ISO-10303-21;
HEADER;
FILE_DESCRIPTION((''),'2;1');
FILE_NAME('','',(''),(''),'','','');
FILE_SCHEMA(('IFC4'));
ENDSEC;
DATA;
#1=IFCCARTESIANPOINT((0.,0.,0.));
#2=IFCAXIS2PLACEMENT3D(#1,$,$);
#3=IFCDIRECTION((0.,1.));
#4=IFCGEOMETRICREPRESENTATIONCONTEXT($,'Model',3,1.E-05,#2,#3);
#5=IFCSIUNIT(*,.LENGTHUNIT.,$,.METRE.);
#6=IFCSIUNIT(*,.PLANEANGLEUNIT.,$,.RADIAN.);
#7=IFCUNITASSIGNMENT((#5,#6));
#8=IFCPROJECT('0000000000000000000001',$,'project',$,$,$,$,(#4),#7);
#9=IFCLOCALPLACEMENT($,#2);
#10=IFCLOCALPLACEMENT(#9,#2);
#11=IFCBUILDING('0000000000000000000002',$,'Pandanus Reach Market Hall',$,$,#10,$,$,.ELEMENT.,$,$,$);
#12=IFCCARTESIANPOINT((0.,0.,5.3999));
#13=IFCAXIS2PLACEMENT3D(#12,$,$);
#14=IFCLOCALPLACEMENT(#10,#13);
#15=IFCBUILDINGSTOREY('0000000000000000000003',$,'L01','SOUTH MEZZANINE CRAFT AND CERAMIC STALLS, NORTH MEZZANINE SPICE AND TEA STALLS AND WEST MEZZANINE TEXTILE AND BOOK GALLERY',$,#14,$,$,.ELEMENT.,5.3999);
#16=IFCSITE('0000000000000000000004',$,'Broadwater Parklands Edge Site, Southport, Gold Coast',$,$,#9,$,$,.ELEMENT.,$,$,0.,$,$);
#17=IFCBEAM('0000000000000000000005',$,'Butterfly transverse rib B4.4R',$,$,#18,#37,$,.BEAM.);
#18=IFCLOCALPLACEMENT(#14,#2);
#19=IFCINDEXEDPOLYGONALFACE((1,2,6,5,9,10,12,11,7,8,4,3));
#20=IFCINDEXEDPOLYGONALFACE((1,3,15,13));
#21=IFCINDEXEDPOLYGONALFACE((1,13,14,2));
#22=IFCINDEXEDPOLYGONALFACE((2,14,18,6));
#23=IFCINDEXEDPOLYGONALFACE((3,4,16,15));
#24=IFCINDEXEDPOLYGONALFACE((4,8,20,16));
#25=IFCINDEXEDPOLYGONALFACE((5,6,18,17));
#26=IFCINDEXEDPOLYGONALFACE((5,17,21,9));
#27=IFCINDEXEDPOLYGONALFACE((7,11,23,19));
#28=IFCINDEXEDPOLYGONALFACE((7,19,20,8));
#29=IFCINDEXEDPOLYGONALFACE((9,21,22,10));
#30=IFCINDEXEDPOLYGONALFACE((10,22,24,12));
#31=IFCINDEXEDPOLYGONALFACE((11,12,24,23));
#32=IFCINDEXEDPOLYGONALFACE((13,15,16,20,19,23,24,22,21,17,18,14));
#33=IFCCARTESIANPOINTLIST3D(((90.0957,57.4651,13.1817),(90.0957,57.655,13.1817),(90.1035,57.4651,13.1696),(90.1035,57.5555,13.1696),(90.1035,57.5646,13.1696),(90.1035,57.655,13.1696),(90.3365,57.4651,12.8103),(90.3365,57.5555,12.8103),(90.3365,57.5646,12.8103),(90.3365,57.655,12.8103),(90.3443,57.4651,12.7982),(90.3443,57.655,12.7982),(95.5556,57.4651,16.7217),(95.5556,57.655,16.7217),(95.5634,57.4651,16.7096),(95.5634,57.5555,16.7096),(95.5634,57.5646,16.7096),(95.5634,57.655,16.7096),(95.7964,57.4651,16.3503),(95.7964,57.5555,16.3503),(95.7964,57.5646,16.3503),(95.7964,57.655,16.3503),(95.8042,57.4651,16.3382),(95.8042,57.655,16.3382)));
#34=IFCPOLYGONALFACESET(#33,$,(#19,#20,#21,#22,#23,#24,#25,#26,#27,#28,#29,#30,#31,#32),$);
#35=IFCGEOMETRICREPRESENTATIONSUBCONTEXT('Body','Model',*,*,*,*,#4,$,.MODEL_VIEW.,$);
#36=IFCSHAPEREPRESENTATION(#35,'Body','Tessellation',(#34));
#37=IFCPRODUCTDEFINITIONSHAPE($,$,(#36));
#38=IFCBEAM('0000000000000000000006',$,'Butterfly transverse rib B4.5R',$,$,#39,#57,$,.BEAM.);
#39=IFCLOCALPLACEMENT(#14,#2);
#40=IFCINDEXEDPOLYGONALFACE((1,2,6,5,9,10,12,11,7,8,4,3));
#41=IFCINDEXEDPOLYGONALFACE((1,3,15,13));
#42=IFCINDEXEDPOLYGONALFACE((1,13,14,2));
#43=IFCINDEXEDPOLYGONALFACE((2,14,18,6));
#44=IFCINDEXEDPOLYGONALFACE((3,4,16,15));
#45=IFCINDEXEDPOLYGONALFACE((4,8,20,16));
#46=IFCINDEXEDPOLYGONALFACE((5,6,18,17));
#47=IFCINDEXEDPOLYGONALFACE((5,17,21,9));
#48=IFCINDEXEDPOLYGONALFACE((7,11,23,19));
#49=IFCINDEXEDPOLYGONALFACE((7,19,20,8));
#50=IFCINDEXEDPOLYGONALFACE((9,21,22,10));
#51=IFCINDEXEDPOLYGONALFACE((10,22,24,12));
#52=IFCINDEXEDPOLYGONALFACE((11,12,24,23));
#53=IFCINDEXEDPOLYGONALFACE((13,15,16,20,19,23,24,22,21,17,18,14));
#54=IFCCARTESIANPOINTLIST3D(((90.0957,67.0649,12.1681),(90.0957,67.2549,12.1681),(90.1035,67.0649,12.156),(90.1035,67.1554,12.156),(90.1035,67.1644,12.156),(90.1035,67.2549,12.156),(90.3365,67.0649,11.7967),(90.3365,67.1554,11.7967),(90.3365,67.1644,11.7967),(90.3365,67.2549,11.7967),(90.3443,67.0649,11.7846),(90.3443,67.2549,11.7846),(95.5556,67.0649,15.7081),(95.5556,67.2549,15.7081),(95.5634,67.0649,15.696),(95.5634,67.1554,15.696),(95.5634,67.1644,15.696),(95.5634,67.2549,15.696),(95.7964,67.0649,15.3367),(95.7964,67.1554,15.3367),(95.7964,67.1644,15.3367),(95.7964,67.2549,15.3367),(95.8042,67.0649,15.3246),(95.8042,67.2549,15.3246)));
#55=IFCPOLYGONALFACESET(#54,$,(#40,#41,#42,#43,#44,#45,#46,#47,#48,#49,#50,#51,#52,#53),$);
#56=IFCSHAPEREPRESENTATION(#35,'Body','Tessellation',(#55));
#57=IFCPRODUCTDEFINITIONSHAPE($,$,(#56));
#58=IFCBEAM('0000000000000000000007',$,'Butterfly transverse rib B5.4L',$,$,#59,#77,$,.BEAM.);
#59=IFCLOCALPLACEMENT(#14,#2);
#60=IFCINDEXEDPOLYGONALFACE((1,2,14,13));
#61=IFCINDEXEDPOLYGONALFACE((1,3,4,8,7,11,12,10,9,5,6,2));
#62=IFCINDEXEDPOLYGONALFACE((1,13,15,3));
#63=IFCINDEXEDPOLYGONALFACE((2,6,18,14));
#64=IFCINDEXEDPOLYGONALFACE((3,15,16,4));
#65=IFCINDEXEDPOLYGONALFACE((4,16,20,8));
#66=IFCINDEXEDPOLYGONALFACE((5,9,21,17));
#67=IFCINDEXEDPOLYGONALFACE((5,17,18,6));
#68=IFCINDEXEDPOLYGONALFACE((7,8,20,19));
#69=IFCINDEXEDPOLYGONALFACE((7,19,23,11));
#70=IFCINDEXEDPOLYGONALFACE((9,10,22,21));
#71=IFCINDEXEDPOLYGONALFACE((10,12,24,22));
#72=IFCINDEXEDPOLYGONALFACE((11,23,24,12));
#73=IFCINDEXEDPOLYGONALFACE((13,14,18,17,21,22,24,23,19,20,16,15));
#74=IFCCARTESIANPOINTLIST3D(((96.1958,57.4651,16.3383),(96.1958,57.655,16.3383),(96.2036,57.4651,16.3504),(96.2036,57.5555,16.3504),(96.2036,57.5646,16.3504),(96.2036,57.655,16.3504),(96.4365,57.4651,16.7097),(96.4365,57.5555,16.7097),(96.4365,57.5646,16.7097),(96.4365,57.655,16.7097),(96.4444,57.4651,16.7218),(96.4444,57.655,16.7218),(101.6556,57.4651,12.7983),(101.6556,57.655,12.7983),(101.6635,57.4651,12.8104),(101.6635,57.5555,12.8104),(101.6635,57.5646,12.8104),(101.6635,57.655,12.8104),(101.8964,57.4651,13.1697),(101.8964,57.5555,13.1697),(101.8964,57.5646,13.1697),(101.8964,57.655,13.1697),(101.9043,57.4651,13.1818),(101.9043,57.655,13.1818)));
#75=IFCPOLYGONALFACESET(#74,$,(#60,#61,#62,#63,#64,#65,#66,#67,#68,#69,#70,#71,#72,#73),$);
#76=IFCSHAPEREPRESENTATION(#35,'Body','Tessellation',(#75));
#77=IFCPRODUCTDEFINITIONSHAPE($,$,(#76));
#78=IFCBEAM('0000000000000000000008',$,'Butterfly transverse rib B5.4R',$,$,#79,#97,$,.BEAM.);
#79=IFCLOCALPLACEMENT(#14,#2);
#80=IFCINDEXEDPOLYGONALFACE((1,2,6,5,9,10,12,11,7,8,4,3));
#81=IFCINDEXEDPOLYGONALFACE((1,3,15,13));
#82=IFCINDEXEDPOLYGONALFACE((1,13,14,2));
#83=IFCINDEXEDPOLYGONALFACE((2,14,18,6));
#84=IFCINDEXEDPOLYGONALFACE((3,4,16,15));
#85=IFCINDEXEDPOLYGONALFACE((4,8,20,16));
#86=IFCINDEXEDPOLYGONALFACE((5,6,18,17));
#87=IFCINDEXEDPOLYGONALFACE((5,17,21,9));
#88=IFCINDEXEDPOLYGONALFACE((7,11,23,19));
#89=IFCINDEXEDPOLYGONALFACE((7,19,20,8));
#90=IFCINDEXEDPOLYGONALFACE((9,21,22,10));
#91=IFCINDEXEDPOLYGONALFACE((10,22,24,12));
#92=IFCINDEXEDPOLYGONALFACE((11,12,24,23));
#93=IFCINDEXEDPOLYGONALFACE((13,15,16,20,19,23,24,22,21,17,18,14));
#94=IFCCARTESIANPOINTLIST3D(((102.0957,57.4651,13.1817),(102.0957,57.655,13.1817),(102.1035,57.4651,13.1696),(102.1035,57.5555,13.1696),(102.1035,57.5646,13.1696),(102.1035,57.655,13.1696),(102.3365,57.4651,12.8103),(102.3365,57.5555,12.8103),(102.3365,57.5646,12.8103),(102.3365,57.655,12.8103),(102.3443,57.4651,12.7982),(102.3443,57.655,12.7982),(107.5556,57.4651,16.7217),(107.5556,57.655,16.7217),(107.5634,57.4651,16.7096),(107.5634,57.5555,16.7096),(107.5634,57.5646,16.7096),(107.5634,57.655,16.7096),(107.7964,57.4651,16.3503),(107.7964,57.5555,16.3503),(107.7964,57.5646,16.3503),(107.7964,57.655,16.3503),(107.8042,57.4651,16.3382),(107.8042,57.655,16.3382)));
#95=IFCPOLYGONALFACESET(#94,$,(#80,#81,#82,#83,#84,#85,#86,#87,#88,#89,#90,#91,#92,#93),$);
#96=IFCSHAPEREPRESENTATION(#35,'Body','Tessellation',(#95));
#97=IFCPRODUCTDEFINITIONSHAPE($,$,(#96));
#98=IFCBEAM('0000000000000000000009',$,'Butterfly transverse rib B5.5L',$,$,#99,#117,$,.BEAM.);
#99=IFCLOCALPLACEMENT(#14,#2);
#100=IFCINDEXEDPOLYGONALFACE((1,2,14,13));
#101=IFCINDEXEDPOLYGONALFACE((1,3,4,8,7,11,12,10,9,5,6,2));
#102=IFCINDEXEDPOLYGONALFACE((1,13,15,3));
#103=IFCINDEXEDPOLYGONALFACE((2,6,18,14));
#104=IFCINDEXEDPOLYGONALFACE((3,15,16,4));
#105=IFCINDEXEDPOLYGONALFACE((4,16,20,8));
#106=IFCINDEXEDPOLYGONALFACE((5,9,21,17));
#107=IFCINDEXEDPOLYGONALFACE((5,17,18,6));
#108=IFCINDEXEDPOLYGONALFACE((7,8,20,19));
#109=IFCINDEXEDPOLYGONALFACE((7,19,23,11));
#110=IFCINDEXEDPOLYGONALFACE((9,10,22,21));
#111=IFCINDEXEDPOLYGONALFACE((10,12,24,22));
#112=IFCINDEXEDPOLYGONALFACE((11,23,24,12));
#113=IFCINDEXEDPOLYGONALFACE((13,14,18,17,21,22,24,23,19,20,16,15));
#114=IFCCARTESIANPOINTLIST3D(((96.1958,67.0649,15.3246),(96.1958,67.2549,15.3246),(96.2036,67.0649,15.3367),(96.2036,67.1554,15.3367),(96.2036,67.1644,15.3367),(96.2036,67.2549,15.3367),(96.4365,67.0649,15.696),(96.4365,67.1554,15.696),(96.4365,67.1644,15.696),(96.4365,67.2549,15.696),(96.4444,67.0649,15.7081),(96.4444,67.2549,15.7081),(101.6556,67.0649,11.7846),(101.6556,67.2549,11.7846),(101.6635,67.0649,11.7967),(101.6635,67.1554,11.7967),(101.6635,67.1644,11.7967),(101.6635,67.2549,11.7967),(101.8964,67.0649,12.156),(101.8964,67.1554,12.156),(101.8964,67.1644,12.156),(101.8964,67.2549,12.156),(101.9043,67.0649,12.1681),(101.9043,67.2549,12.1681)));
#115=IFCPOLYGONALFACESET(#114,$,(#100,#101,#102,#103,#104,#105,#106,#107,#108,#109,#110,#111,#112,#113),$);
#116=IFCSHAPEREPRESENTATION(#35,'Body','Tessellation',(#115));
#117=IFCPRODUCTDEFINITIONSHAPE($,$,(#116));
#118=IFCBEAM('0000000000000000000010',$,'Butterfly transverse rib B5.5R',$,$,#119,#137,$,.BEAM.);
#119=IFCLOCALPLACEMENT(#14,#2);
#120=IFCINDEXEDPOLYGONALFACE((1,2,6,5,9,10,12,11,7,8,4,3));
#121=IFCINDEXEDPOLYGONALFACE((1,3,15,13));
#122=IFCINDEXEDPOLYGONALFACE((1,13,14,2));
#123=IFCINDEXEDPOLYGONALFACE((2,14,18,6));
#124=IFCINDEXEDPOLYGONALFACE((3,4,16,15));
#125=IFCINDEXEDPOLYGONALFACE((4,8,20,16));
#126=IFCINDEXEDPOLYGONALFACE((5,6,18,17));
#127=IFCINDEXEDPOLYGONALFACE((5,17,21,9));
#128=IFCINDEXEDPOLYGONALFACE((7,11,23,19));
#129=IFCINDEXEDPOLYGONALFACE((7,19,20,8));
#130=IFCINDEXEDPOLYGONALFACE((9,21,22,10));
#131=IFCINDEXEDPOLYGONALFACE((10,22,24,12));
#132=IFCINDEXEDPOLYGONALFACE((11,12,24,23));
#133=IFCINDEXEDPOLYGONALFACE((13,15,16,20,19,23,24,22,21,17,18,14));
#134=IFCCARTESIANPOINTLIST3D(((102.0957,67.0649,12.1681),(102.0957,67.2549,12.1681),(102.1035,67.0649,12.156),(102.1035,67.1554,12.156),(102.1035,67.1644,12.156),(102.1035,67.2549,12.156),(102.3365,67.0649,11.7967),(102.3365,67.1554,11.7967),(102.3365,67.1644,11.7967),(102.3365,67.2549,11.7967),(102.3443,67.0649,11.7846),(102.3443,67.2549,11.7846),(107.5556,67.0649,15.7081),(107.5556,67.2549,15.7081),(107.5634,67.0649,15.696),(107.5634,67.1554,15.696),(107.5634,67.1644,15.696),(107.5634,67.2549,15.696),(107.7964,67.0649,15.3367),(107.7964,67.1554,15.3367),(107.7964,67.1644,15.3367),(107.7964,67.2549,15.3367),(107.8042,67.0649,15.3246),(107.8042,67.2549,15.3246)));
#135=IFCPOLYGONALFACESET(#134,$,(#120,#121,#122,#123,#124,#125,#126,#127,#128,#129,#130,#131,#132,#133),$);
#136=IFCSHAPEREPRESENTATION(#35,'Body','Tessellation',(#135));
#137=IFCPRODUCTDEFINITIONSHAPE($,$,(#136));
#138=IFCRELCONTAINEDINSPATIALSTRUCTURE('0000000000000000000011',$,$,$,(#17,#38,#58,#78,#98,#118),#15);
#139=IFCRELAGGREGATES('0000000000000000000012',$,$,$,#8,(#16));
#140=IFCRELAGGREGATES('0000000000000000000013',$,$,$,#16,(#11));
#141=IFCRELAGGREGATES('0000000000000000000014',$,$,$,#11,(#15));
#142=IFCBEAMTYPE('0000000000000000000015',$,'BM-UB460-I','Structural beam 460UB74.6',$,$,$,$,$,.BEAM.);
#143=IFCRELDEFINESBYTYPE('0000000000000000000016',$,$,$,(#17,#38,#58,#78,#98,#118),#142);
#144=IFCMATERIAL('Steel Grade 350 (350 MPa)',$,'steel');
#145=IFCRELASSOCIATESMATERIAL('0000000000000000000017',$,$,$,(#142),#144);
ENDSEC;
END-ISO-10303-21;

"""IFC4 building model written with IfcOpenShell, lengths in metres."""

from ifc_helpers import new_model, si_unit, direction, frame, origin, origin_2d, place, context, subcontext, project, spatial, i_section, extrude, material, material_profile, profile_set, type_object, element, save


model = new_model("IFC4")

# Units and contexts
model_context = context("Model", 3, precision=1e-05, world=origin(), true_north=direction((0.0, 1.0)))
body_context = subcontext(model_context, "Body", "Model", "MODEL_VIEW")
ifc_project = project(units=[si_unit("LENGTHUNIT", "METRE"), si_unit("PLANEANGLEUNIT", "RADIAN")], contexts=[model_context])

# Site, building, storey
site_placement = place(None, origin())
site = spatial("IfcSite", under=ifc_project, at=site_placement, Name="Broadwater Parklands Edge Site, Southport, Gold Coast", CompositionType="ELEMENT", RefElevation=0.0)
building_placement = place(site_placement, origin())
building = spatial("IfcBuilding", under=site, at=building_placement, Name="Pandanus Reach Market Hall", CompositionType="ELEMENT")
storey_placement = place(building_placement, frame((0.0, 0.0, 5.3999)))
storey = spatial("IfcBuildingStorey", under=building, at=storey_placement, Name="L01", Description="SOUTH MEZZANINE CRAFT AND CERAMIC STALLS, NORTH MEZZANINE SPICE AND TEA STALLS AND WEST MEZZANINE TEXTILE AND BOOK GALLERY", CompositionType="ELEMENT", Elevation=5.3999)

# Beams
ifc_material_1 = material(Name="Steel Grade 350 (350 MPa)", Category="steel")
ifc_material_profile_1 = material_profile(ifc_material_1, i_section(OverallWidth=0.1899, OverallDepth=0.457, WebThickness=0.009, FlangeThickness=0.0144, at=origin_2d()), Name="460UB74.6", Category="LoadBearing")
ifc_profile_set_1 = profile_set([ifc_material_profile_1], Name="Steel Grade 350 (350 MPa)")
beam_type_1 = type_object("IfcBeamType", Name="BM-UB460-I", Description="Structural beam 460UB74.6", PredefinedType="BEAM", material=ifc_profile_set_1)
for number, where, z_axis, x_axis, name in (
    (1, (90.22, 57.5601, 12.99), (0.839071, 0.0, 0.544023), (0.0, 1.0, 0.0), "Butterfly transverse rib B4.4R"),
    (2, (90.22, 67.1599, 11.9763), (0.839071, 0.0, 0.544023), (0.0, 1.0, 0.0), "Butterfly transverse rib B4.5R"),
    (3, (96.3201, 57.5601, 16.53), (0.839071, 0.0, -0.544023), (0.0, 1.0, 0.0), "Butterfly transverse rib B5.4L"),
    (4, (102.22, 57.5601, 12.99), (0.839071, 0.0, 0.544023), (0.0, 1.0, 0.0), "Butterfly transverse rib B5.4R"),
    (5, (96.3201, 67.1599, 15.5164), (0.839071, 0.0, -0.544023), (0.0, 1.0, 0.0), "Butterfly transverse rib B5.5L"),
    (6, (102.22, 67.1599, 11.9763), (0.839071, 0.0, 0.544023), (0.0, 1.0, 0.0), "Butterfly transverse rib B5.5R"),
):
    element("IfcBeam", number, at=place(storey_placement, frame(where, z_axis=z_axis, x_axis=x_axis)), inside=storey, type_object=beam_type_1, Name=name, PredefinedType="BEAM", context=body_context, shape_type="SweptSolid", body=[
        extrude(i_section(OverallWidth=0.1899, OverallDepth=0.457, WebThickness=0.009, FlangeThickness=0.0144, at=origin_2d()), origin(), (0.0, 0.0, 1.0), 6.5071),
    ])

save(model, "model.ifc")
